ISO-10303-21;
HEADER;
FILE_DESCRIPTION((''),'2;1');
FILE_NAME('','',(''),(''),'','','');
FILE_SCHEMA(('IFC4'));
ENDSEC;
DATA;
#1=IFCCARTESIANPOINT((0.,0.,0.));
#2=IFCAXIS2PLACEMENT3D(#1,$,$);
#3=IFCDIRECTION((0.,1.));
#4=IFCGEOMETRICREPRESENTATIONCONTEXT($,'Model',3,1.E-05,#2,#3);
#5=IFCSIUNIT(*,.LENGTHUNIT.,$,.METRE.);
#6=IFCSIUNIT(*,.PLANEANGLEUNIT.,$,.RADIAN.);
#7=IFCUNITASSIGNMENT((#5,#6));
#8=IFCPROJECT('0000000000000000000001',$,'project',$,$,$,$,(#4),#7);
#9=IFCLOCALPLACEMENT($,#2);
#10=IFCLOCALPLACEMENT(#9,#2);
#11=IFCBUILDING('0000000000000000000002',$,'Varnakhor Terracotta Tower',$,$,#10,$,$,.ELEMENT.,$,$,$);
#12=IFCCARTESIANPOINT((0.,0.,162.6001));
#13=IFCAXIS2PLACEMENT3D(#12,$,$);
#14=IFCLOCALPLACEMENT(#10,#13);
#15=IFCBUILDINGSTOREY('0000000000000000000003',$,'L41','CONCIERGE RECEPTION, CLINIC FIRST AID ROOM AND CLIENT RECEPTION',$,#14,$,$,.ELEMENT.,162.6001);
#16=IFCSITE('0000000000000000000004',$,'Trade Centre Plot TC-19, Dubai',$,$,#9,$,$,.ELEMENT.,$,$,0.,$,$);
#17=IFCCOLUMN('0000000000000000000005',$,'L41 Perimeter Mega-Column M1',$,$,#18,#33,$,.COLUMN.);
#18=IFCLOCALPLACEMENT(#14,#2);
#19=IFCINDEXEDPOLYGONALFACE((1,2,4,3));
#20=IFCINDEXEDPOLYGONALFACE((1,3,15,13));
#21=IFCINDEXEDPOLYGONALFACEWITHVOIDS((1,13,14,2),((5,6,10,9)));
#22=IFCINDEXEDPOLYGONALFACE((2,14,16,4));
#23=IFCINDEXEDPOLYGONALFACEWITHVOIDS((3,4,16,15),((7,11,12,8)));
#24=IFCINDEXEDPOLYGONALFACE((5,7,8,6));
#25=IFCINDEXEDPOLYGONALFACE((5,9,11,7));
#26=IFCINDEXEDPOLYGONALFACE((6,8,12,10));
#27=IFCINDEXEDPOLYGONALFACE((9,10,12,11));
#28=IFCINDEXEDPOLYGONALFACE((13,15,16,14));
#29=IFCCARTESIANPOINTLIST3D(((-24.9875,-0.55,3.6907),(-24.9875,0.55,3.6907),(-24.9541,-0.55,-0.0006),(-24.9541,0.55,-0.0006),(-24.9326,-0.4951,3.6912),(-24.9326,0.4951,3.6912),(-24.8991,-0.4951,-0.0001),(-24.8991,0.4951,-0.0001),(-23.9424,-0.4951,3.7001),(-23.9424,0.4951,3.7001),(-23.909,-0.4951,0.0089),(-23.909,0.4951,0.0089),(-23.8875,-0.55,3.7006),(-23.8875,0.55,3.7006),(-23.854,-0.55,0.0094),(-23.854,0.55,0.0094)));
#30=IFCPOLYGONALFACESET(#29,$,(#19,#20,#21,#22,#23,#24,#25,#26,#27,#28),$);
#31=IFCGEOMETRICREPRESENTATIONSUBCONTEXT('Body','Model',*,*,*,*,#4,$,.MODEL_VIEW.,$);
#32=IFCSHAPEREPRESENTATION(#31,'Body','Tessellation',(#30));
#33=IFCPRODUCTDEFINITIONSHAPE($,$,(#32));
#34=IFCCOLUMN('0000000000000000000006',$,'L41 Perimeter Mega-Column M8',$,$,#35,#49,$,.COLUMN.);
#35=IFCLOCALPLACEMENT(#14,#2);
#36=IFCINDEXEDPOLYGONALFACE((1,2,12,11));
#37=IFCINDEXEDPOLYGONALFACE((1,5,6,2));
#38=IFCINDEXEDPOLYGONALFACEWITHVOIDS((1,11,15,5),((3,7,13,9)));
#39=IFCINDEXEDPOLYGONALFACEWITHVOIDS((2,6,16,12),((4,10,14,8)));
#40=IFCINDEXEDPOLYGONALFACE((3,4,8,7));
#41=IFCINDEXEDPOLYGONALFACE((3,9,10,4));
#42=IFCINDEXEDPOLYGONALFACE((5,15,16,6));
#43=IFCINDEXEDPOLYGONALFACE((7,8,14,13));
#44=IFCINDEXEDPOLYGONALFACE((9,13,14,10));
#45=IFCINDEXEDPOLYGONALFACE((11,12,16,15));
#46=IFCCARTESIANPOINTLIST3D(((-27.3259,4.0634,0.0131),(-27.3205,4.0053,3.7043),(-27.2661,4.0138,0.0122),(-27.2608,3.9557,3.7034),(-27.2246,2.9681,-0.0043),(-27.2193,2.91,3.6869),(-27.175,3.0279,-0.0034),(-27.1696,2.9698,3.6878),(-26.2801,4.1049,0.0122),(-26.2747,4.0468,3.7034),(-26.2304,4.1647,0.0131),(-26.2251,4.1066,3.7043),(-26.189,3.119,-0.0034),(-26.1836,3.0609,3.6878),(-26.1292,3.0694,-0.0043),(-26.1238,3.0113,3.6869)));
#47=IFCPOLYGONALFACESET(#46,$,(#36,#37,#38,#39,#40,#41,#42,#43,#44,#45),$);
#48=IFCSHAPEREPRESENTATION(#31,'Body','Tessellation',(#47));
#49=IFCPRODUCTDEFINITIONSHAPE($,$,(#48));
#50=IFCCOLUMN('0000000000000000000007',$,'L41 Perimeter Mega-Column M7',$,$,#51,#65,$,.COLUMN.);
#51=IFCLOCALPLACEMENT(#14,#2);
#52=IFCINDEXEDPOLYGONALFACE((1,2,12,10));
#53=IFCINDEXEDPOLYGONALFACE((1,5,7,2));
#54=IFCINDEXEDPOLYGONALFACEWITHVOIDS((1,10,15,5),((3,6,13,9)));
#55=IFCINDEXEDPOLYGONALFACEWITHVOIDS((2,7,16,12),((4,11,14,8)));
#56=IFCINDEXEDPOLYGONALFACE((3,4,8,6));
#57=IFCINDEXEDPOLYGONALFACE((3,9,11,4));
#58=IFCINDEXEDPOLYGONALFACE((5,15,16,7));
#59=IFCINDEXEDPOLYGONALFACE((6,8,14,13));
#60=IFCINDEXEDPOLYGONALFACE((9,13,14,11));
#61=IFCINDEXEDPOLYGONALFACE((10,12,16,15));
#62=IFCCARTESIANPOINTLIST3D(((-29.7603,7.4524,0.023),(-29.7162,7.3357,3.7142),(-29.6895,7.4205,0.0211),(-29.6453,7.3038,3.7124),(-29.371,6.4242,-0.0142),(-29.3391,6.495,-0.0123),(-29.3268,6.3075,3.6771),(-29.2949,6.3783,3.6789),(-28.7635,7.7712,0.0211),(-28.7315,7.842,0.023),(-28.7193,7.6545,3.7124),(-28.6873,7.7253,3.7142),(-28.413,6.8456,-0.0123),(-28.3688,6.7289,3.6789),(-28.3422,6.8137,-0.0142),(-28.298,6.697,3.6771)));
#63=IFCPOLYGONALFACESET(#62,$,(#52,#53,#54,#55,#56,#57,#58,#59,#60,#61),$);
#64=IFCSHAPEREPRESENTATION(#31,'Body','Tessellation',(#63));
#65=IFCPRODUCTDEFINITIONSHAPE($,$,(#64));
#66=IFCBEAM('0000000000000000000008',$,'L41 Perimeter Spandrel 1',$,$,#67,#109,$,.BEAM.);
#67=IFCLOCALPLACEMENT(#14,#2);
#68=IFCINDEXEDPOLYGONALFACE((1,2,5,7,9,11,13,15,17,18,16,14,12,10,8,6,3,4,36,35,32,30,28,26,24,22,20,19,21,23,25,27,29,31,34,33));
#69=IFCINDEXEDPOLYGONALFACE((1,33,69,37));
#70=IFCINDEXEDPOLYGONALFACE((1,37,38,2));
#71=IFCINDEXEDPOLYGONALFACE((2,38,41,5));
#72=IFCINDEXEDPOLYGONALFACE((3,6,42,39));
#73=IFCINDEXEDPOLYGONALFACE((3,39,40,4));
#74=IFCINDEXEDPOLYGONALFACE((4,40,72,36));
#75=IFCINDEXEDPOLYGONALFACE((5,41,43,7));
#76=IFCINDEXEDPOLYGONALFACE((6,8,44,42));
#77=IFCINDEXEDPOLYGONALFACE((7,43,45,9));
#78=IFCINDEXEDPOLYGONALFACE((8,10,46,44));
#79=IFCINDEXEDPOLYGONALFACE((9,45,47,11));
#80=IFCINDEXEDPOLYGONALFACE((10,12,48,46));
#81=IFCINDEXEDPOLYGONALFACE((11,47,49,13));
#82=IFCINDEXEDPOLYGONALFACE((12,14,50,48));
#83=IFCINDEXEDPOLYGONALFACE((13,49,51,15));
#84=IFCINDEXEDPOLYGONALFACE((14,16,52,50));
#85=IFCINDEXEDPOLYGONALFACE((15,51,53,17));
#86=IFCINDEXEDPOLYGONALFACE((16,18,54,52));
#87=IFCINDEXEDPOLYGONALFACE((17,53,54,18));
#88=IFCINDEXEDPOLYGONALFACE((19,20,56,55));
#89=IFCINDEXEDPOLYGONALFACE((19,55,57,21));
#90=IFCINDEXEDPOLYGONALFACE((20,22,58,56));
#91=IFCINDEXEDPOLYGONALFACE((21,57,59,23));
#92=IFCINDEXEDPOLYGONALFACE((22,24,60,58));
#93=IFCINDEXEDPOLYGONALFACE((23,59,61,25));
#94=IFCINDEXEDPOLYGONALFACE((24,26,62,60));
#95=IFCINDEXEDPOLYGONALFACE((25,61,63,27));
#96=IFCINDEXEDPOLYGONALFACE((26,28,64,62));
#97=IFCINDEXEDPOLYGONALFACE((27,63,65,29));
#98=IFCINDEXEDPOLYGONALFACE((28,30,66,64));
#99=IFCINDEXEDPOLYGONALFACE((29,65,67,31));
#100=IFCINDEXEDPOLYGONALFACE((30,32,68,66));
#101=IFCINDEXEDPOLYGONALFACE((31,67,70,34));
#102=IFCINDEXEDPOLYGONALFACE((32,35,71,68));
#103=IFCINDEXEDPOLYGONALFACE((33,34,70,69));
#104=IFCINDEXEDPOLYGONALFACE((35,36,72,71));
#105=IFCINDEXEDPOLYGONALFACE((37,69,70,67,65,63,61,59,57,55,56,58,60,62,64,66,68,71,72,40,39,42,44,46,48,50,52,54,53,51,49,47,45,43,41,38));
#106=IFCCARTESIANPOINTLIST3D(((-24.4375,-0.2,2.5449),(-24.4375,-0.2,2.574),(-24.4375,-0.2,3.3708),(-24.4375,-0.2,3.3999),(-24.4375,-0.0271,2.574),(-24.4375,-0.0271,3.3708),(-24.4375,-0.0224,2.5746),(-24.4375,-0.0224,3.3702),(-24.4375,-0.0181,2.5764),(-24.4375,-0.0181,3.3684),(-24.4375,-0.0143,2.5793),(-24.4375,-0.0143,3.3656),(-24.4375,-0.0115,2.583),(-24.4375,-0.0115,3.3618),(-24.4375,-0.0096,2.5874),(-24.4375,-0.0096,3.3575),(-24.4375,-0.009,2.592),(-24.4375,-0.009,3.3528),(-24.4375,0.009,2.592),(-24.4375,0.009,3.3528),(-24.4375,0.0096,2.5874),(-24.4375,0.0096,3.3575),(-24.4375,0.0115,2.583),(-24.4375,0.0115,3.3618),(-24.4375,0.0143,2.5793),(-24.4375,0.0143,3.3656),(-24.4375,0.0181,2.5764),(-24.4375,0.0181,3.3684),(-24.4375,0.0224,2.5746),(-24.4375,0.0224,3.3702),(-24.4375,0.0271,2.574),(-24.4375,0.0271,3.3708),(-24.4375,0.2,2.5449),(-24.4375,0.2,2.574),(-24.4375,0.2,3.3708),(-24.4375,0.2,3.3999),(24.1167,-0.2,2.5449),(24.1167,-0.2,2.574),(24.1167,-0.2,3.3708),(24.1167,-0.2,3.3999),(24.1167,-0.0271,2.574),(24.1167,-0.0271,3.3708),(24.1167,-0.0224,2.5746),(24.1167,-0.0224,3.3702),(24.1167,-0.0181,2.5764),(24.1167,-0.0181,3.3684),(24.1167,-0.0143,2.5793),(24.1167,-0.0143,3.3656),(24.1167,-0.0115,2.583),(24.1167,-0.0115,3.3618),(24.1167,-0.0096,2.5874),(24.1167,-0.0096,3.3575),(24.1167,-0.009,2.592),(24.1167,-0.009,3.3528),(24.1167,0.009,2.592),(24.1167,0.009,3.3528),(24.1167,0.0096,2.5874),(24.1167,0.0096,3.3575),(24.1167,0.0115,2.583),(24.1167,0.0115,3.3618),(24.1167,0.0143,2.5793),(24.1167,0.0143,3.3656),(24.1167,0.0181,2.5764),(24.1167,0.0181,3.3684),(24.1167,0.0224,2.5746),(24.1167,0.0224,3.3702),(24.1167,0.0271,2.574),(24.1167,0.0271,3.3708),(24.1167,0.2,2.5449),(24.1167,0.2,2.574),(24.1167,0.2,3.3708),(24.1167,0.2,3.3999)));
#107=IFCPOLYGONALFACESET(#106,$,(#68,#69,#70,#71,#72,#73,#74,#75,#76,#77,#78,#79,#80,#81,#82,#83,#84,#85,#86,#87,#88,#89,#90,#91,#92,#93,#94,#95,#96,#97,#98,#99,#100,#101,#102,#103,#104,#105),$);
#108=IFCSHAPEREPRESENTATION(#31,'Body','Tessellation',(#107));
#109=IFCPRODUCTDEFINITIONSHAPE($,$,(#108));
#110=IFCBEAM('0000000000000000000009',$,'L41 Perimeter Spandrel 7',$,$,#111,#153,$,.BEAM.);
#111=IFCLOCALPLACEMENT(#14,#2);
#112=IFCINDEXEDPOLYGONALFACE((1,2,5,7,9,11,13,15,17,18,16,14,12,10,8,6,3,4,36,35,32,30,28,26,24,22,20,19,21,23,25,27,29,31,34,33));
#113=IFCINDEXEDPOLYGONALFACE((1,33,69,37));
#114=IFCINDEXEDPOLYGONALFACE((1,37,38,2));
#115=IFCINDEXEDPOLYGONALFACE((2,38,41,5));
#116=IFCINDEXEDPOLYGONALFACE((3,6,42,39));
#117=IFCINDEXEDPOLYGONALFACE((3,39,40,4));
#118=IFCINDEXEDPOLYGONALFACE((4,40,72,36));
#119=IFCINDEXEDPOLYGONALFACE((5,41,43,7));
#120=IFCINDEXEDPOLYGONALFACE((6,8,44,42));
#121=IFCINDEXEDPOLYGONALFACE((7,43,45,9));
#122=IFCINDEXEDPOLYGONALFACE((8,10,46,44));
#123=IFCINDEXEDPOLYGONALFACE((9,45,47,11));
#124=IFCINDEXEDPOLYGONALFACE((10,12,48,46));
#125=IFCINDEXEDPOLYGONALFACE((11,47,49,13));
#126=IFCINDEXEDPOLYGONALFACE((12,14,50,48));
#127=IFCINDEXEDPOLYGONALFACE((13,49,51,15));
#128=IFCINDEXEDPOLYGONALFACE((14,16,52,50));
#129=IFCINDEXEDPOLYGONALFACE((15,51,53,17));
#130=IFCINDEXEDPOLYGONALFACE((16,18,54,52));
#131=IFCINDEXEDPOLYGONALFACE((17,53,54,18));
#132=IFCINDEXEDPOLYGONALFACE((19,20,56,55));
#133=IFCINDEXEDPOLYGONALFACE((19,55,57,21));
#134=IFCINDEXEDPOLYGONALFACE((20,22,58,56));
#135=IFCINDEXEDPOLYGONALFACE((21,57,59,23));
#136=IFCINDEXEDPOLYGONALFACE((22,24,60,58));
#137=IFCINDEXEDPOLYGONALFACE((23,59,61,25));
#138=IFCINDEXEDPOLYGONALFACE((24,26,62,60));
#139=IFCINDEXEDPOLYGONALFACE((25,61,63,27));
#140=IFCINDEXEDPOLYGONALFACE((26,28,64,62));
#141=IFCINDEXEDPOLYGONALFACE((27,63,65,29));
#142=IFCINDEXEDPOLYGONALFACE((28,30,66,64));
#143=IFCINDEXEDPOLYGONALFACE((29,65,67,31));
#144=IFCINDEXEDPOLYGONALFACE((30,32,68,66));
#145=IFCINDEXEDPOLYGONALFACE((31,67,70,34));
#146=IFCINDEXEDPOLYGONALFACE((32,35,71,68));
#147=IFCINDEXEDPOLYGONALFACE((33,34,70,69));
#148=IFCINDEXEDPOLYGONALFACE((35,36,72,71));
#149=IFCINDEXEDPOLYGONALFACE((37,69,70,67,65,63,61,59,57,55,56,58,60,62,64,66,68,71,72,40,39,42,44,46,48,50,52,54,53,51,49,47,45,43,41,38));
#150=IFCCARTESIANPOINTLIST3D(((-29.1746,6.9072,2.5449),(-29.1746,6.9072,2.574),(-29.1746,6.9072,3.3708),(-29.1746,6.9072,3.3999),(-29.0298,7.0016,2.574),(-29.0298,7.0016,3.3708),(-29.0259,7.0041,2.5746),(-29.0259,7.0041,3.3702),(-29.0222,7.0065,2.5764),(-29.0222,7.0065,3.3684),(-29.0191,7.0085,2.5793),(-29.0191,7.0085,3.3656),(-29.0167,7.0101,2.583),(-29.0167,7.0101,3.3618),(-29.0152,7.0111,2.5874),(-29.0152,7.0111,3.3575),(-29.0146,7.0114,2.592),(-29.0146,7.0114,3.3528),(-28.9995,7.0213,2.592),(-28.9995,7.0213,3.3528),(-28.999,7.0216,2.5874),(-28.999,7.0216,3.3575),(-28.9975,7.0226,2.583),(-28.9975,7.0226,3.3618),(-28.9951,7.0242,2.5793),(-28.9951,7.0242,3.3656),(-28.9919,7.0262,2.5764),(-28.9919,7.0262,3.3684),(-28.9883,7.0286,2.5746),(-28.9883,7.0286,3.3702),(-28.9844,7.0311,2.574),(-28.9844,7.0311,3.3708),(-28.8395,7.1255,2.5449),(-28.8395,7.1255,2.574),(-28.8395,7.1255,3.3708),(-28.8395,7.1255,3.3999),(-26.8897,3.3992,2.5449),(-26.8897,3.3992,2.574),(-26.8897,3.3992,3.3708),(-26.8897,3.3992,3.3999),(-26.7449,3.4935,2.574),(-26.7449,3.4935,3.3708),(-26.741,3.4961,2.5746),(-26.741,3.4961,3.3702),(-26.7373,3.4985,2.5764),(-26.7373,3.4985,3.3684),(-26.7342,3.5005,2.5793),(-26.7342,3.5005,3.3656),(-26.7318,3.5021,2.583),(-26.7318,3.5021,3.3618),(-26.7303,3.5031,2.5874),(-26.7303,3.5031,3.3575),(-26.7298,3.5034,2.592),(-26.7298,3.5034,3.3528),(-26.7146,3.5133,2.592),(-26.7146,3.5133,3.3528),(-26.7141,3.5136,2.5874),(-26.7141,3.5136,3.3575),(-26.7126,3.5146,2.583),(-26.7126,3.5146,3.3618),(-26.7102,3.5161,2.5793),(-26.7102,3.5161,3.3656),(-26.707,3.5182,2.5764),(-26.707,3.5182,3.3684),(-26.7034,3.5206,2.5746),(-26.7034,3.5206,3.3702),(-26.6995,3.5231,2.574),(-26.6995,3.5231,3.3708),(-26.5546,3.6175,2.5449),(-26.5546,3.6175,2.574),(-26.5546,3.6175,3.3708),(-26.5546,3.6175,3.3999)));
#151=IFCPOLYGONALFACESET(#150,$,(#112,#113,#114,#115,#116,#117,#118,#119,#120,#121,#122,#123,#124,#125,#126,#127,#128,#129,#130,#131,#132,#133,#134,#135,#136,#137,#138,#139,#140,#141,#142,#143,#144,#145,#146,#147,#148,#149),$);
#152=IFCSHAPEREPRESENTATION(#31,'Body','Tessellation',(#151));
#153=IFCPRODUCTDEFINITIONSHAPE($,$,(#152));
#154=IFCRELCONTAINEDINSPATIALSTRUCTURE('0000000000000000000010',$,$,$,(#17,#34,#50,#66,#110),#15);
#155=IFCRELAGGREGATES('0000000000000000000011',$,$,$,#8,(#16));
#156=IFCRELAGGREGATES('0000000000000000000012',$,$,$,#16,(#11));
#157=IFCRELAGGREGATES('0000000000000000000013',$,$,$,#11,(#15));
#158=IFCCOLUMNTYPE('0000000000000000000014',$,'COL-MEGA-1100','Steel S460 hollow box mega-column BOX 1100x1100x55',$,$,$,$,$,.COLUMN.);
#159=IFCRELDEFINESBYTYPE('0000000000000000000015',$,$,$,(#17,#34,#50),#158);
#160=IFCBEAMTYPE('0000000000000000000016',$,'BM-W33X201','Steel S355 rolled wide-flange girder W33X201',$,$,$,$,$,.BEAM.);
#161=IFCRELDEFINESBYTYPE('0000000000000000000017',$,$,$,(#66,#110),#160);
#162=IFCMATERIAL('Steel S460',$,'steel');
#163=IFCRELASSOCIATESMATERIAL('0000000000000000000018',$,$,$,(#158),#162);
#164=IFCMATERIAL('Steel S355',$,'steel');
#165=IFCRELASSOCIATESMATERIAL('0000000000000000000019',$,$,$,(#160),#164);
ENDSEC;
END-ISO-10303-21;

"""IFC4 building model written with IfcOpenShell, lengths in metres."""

from ifc_helpers import new_model, si_unit, direction, frame, origin, origin_2d, place, context, subcontext, project, spatial, hollow_rectangle, i_section, extrude, source, transform, mapped, material, material_profile, profile_set, type_object, element, save


model = new_model("IFC4")

# Units and contexts
model_context = context("Model", 3, precision=1e-05, world=origin(), true_north=direction((0.0, 1.0)))
body_context = subcontext(model_context, "Body", "Model", "MODEL_VIEW")
ifc_project = project(units=[si_unit("LENGTHUNIT", "METRE"), si_unit("PLANEANGLEUNIT", "RADIAN")], contexts=[model_context])

# Site, building, storey
site_placement = place(None, origin())
site = spatial("IfcSite", under=ifc_project, at=site_placement, Name="Trade Centre Plot TC-19, Dubai", CompositionType="ELEMENT", RefElevation=0.0)
building_placement = place(site_placement, origin())
building = spatial("IfcBuilding", under=site, at=building_placement, Name="Varnakhor Terracotta Tower", CompositionType="ELEMENT")
storey_placement = place(building_placement, frame((0.0, 0.0, 162.6001)))
storey = spatial("IfcBuildingStorey", under=building, at=storey_placement, Name="L41", Description="CONCIERGE RECEPTION, CLINIC FIRST AID ROOM AND CLIENT RECEPTION", CompositionType="ELEMENT", Elevation=162.6001)

# Columns
ifc_material_1 = material(Name="Steel S460", Category="steel")
ifc_material_profile_1 = material_profile(ifc_material_1, hollow_rectangle(XDim=1.1001, YDim=1.1001, WallThickness=0.0549, at=origin_2d()), Name="BOX 1100x1100x55")
ifc_profile_set_1 = profile_set([ifc_material_profile_1], Name="Steel S460")
column_type = type_object("IfcColumnType", Name="COL-MEGA-1100", Description="Steel S460 hollow box mega-column BOX 1100x1100x55", PredefinedType="COLUMN", material=ifc_profile_set_1)
shared_shape_1 = source(origin(), body_context, "Body", "SweptSolid", [
    extrude(hollow_rectangle(XDim=1.1001, YDim=1.1001, WallThickness=0.0549, at=origin_2d()), origin(), (0.0, 0.0, 1.0), 3.6914),
])
column_1_placement = place(storey_placement, frame((-24.4041, 0.0, 0.0044), z_axis=(-0.009061, 0.0, 0.999959), x_axis=(0.0, -1.0, 0.0)))
element("IfcColumn", 1, at=column_1_placement, inside=storey, type_object=column_type, Name="L41 Perimeter Mega-Column M1", PredefinedType="COLUMN", context=body_context, shape_type="MappedRepresentation", body=[
    mapped(shared_shape_1, transform((0.0, 0.0, 0.0), scale=1.0)),
])
shared_shape_2 = source(origin(), body_context, "Body", "SweptSolid", [
    extrude(hollow_rectangle(XDim=1.1001, YDim=1.1001, WallThickness=0.0549, at=origin_2d()), origin(), (0.0, 0.0, 1.0), 3.6917),
])
column_2_placement = place(storey_placement, frame((-26.7275, 3.5664, 0.0044), z_axis=(0.001455, -0.01574, 0.999875), x_axis=(0.995755, 0.092045, 0.0)))
element("IfcColumn", 2, at=column_2_placement, inside=storey, type_object=column_type, Name="L41 Perimeter Mega-Column M8", PredefinedType="COLUMN", context=body_context, shape_type="MappedRepresentation", body=[
    mapped(shared_shape_2, transform((0.0, 0.0, 0.0), scale=1.0)),
])
shared_shape_3 = source(origin(), body_context, "Body", "SweptSolid", [
    extrude(hollow_rectangle(XDim=1.1001, YDim=1.1001, WallThickness=0.0549, at=origin_2d()), origin(), (0.0, 0.0, 1.0), 3.6934),
])
column_3_placement = place(storey_placement, frame((-29.0513, 7.1331, 0.0044), z_axis=(0.011965, -0.031598, 0.999429), x_axis=(0.935199, 0.354123, 0.0)))
element("IfcColumn", 3, at=column_3_placement, inside=storey, type_object=column_type, Name="L41 Perimeter Mega-Column M7", PredefinedType="COLUMN", context=body_context, shape_type="MappedRepresentation", body=[
    mapped(shared_shape_3, transform((0.0, 0.0, 0.0), scale=1.0)),
])

# Beams
ifc_material_2 = material(Name="Steel S355", Category="steel")
ifc_material_profile_2 = material_profile(ifc_material_2, i_section(OverallWidth=0.3999, OverallDepth=0.855, WebThickness=0.0181, FlangeThickness=0.0291, FilletRadius=0.0181, at=origin_2d()), Name="W33X201")
ifc_profile_set_2 = profile_set([ifc_material_profile_2], Name="Steel S355")
beam_type_1 = type_object("IfcBeamType", Name="BM-W33X201", Description="Steel S355 rolled wide-flange girder W33X201", PredefinedType="BEAM", material=ifc_profile_set_2)
shared_shape_4 = source(origin(), body_context, "Body", "SweptSolid", [
    extrude(i_section(OverallWidth=0.3999, OverallDepth=0.855, WebThickness=0.0181, FlangeThickness=0.0291, FilletRadius=0.0181, at=origin_2d()), origin(), (0.0, 0.0, 1.0), 48.5542),
])
beam_1_placement = place(storey_placement, frame((-24.4375, 0.0, 2.9724), z_axis=(1.0, 0.0, 0.0), x_axis=(0.0, 1.0, 0.0)))
element("IfcBeam", 4, at=beam_1_placement, inside=storey, type_object=beam_type_1, Name="L41 Perimeter Spandrel 1", PredefinedType="BEAM", context=body_context, shape_type="MappedRepresentation", body=[
    mapped(shared_shape_4, transform((0.0, 0.0, 0.0), scale=1.0)),
])
shared_shape_5 = source(origin(), body_context, "Body", "SweptSolid", [
    extrude(i_section(OverallWidth=0.3999, OverallDepth=0.855, WebThickness=0.0181, FlangeThickness=0.0291, FilletRadius=0.0181, at=origin_2d()), origin(), (0.0, 0.0, 1.0), 4.1865),
])
for number, where, z_axis, x_axis, name in (
    (5, (-29.0071, 7.0164, 2.9724), (0.545773, -0.837933, 0.0), (0.837933, 0.545773, 0.0), "L41 Perimeter Spandrel 7"),
):
    element("IfcBeam", number, at=place(storey_placement, frame(where, z_axis=z_axis, x_axis=x_axis)), inside=storey, type_object=beam_type_1, Name=name, PredefinedType="BEAM", context=body_context, shape_type="MappedRepresentation", body=[
        mapped(shared_shape_5, transform((0.0, 0.0, 0.0), scale=1.0)),
    ])

save(model, "model.ifc")
